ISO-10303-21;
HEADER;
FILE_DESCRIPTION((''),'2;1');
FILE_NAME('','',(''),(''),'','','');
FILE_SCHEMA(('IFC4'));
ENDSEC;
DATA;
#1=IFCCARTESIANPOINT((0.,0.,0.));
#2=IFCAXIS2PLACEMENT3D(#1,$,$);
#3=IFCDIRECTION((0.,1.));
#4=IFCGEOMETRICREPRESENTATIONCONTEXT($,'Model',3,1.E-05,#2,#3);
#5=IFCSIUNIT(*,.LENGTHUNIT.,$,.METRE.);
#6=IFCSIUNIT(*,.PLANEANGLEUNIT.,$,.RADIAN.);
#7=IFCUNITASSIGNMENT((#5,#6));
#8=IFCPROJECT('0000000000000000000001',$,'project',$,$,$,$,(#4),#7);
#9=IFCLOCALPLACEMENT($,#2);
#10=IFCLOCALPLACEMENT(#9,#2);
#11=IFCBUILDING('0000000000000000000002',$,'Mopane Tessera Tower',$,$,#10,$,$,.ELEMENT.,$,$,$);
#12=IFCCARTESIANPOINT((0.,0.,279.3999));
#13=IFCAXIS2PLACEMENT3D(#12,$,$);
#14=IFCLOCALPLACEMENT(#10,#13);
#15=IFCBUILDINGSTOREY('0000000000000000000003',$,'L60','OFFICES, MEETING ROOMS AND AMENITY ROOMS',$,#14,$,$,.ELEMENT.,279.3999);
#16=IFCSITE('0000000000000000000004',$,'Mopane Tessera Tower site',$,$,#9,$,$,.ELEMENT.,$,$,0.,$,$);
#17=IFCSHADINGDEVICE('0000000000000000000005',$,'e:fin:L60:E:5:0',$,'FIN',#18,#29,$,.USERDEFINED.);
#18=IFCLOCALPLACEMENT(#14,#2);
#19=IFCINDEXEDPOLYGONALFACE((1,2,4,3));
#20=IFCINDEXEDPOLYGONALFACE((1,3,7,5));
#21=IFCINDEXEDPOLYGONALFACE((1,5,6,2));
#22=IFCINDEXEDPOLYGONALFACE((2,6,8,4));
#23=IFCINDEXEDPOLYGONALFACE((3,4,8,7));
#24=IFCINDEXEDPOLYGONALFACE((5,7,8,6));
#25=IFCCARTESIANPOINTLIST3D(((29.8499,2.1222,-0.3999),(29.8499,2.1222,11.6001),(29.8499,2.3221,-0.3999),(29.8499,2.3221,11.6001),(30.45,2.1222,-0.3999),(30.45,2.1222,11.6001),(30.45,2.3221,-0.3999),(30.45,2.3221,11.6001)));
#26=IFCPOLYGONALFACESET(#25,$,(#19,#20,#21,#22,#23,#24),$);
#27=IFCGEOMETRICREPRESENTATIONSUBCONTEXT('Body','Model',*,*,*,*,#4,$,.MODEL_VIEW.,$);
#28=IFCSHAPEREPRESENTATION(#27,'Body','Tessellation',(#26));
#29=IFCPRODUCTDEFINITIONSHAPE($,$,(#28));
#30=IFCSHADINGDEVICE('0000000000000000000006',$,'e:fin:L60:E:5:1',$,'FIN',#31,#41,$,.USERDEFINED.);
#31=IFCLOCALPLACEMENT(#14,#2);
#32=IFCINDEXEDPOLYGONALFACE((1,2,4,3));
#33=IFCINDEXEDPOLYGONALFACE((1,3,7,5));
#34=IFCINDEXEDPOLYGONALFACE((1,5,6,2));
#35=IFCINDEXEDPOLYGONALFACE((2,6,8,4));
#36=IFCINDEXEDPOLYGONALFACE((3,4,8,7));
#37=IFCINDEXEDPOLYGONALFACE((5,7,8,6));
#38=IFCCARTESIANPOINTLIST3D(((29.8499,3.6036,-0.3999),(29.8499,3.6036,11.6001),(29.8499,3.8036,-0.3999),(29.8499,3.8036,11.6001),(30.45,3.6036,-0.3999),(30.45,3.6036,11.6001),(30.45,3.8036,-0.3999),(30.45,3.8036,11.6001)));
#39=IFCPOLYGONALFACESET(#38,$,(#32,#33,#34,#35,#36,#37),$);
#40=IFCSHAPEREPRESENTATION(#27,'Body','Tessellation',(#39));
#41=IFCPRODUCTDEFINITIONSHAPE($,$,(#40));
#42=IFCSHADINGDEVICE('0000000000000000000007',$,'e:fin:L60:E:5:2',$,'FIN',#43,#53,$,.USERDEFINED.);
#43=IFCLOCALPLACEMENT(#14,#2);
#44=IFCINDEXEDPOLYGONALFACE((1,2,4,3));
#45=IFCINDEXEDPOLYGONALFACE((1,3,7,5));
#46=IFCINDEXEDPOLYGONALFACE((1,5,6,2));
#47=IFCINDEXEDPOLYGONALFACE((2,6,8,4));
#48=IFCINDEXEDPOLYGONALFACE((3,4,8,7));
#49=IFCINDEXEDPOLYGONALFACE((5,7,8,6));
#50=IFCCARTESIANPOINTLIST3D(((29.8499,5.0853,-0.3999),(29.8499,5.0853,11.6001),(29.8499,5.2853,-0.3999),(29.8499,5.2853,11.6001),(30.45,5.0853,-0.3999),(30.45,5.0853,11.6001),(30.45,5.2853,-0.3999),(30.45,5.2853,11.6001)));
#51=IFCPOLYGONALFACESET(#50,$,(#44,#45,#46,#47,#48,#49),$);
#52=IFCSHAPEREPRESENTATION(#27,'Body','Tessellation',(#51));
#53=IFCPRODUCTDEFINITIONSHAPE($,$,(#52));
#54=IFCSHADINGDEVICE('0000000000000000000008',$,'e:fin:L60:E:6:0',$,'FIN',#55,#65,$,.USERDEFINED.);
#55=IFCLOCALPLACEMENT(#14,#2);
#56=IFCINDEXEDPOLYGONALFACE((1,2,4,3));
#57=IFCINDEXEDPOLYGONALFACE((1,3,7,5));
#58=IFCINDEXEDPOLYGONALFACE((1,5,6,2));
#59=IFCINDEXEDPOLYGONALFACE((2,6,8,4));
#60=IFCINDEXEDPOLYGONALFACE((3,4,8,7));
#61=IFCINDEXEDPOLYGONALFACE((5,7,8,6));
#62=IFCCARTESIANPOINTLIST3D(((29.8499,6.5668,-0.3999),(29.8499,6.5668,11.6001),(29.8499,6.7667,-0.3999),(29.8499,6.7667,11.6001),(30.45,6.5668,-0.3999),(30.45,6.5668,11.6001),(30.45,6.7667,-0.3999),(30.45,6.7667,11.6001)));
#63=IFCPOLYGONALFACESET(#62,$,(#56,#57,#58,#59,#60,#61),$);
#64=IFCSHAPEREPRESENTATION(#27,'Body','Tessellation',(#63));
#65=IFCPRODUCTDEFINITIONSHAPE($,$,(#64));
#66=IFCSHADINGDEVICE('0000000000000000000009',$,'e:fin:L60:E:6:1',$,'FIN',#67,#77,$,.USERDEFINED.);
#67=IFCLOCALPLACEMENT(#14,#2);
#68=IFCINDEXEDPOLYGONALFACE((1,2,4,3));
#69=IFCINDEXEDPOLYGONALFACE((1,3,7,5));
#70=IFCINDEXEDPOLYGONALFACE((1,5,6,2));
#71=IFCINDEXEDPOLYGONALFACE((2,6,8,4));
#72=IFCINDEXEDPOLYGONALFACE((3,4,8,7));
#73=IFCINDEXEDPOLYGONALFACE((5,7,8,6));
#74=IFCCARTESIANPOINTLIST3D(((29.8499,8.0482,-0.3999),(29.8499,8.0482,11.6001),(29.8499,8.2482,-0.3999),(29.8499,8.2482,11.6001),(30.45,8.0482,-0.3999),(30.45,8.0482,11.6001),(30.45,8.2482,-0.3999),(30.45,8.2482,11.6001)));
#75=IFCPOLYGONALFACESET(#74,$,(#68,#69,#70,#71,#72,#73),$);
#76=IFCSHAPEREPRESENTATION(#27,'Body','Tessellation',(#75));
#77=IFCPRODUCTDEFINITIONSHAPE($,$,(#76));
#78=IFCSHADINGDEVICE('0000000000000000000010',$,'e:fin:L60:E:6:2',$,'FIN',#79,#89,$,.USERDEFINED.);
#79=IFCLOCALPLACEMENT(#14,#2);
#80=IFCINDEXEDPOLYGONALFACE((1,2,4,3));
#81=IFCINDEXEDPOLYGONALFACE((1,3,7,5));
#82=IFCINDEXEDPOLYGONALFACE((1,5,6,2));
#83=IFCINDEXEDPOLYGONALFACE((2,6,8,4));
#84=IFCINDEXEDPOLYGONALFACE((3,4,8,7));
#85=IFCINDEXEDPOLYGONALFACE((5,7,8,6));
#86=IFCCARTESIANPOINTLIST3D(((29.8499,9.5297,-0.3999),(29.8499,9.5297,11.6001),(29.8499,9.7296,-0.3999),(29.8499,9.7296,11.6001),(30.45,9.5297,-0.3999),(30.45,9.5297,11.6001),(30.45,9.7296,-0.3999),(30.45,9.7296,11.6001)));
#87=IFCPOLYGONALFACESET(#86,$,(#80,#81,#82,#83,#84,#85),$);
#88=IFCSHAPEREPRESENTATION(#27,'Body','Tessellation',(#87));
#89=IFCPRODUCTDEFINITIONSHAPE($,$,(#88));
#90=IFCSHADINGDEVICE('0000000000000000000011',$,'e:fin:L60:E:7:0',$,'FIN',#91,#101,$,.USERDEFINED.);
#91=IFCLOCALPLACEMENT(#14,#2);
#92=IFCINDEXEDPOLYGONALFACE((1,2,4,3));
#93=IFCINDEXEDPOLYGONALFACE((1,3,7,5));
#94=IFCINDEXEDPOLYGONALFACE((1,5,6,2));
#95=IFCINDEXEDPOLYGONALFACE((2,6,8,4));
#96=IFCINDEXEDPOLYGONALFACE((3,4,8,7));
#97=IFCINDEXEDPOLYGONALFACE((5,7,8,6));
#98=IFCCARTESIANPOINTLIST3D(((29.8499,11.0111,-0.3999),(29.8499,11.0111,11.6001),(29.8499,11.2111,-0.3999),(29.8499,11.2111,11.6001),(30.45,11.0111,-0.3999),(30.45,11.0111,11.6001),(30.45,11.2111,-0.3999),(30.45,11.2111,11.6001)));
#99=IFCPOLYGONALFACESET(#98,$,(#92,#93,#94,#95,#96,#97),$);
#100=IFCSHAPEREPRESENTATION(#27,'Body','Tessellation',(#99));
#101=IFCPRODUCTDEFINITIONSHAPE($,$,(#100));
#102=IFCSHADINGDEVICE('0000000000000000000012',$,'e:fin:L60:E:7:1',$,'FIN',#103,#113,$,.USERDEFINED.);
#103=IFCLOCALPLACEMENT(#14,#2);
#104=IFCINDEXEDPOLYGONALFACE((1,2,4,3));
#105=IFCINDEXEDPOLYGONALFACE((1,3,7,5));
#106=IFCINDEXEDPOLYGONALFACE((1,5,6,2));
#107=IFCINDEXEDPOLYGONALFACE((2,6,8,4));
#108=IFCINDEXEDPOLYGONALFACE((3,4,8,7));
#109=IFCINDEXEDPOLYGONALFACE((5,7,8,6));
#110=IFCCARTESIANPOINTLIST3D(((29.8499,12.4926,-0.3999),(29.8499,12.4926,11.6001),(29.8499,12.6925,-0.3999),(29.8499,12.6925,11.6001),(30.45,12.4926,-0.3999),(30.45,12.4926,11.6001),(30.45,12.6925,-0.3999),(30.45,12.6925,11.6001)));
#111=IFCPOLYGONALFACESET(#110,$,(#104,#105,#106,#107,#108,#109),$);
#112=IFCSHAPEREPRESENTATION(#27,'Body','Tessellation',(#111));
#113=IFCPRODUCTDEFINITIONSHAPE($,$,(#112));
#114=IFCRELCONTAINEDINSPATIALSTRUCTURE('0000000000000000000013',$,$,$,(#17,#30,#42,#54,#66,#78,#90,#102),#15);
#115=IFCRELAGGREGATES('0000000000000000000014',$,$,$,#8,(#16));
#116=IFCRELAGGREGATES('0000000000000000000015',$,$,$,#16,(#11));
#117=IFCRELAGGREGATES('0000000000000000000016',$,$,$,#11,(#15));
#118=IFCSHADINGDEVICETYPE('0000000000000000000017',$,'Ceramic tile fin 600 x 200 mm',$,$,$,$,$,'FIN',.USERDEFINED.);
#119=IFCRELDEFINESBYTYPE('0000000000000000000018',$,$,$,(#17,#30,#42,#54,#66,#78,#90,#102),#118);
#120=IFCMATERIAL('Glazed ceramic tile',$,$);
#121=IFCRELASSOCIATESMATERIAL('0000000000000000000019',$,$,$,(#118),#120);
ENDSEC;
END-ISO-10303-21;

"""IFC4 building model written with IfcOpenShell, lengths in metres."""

from ifc_helpers import new_model, si_unit, direction, frame, origin, origin_2d, place, context, subcontext, project, spatial, rectangle, extrude, material, type_object, element, save


model = new_model("IFC4")

# Units and contexts
model_context = context("Model", 3, precision=1e-05, world=origin(), true_north=direction((0.0, 1.0)))
body_context = subcontext(model_context, "Body", "Model", "MODEL_VIEW")
ifc_project = project(units=[si_unit("LENGTHUNIT", "METRE"), si_unit("PLANEANGLEUNIT", "RADIAN")], contexts=[model_context])

# Site, building, storey
site_placement = place(None, origin())
site = spatial("IfcSite", under=ifc_project, at=site_placement, Name="Mopane Tessera Tower site", CompositionType="ELEMENT", RefElevation=0.0)
building_placement = place(site_placement, origin())
building = spatial("IfcBuilding", under=site, at=building_placement, Name="Mopane Tessera Tower", CompositionType="ELEMENT")
storey_placement = place(building_placement, frame((0.0, 0.0, 279.3999)))
storey = spatial("IfcBuildingStorey", under=building, at=storey_placement, Name="L60", Description="OFFICES, MEETING ROOMS AND AMENITY ROOMS", CompositionType="ELEMENT", Elevation=279.3999)

# Shading devices
ifc_material_1 = material(Name="Glazed ceramic tile")
shading_device_type = type_object("IfcShadingDeviceType", Name="Ceramic tile fin 600 x 200 mm", ElementType="FIN", PredefinedType="USERDEFINED", material=ifc_material_1)
for number, where, z_axis, x_axis, name in (
    (1, (30.1499, 2.2222, -0.3999), (0.0, 0.0, 1.0), (0.0, 1.0, 0.0), "e:fin:L60:E:5:0"),
    (2, (30.1499, 3.7036, -0.3999), (0.0, 0.0, 1.0), (0.0, 1.0, 0.0), "e:fin:L60:E:5:1"),
    (3, (30.1499, 5.1853, -0.3999), (0.0, 0.0, 1.0), (0.0, 1.0, 0.0), "e:fin:L60:E:5:2"),
    (4, (30.1499, 6.6667, -0.3999), (0.0, 0.0, 1.0), (0.0, 1.0, 0.0), "e:fin:L60:E:6:0"),
    (5, (30.1499, 8.1482, -0.3999), (0.0, 0.0, 1.0), (0.0, 1.0, 0.0), "e:fin:L60:E:6:1"),
    (6, (30.1499, 9.6296, -0.3999), (0.0, 0.0, 1.0), (0.0, 1.0, 0.0), "e:fin:L60:E:6:2"),
    (7, (30.1499, 11.1111, -0.3999), (0.0, 0.0, 1.0), (0.0, 1.0, 0.0), "e:fin:L60:E:7:0"),
    (8, (30.1499, 12.5925, -0.3999), (0.0, 0.0, 1.0), (0.0, 1.0, 0.0), "e:fin:L60:E:7:1"),
):
    element("IfcShadingDevice", number, at=place(storey_placement, frame(where, z_axis=z_axis, x_axis=x_axis)), inside=storey, type_object=shading_device_type, Name=name, ObjectType="FIN", PredefinedType="USERDEFINED", context=body_context, shape_type="SweptSolid", body=[
        extrude(rectangle(XDim=0.2, YDim=0.6001, at=origin_2d()), origin(), (0.0, 0.0, 1.0), 12.0),
    ])

save(model, "model.ifc")
